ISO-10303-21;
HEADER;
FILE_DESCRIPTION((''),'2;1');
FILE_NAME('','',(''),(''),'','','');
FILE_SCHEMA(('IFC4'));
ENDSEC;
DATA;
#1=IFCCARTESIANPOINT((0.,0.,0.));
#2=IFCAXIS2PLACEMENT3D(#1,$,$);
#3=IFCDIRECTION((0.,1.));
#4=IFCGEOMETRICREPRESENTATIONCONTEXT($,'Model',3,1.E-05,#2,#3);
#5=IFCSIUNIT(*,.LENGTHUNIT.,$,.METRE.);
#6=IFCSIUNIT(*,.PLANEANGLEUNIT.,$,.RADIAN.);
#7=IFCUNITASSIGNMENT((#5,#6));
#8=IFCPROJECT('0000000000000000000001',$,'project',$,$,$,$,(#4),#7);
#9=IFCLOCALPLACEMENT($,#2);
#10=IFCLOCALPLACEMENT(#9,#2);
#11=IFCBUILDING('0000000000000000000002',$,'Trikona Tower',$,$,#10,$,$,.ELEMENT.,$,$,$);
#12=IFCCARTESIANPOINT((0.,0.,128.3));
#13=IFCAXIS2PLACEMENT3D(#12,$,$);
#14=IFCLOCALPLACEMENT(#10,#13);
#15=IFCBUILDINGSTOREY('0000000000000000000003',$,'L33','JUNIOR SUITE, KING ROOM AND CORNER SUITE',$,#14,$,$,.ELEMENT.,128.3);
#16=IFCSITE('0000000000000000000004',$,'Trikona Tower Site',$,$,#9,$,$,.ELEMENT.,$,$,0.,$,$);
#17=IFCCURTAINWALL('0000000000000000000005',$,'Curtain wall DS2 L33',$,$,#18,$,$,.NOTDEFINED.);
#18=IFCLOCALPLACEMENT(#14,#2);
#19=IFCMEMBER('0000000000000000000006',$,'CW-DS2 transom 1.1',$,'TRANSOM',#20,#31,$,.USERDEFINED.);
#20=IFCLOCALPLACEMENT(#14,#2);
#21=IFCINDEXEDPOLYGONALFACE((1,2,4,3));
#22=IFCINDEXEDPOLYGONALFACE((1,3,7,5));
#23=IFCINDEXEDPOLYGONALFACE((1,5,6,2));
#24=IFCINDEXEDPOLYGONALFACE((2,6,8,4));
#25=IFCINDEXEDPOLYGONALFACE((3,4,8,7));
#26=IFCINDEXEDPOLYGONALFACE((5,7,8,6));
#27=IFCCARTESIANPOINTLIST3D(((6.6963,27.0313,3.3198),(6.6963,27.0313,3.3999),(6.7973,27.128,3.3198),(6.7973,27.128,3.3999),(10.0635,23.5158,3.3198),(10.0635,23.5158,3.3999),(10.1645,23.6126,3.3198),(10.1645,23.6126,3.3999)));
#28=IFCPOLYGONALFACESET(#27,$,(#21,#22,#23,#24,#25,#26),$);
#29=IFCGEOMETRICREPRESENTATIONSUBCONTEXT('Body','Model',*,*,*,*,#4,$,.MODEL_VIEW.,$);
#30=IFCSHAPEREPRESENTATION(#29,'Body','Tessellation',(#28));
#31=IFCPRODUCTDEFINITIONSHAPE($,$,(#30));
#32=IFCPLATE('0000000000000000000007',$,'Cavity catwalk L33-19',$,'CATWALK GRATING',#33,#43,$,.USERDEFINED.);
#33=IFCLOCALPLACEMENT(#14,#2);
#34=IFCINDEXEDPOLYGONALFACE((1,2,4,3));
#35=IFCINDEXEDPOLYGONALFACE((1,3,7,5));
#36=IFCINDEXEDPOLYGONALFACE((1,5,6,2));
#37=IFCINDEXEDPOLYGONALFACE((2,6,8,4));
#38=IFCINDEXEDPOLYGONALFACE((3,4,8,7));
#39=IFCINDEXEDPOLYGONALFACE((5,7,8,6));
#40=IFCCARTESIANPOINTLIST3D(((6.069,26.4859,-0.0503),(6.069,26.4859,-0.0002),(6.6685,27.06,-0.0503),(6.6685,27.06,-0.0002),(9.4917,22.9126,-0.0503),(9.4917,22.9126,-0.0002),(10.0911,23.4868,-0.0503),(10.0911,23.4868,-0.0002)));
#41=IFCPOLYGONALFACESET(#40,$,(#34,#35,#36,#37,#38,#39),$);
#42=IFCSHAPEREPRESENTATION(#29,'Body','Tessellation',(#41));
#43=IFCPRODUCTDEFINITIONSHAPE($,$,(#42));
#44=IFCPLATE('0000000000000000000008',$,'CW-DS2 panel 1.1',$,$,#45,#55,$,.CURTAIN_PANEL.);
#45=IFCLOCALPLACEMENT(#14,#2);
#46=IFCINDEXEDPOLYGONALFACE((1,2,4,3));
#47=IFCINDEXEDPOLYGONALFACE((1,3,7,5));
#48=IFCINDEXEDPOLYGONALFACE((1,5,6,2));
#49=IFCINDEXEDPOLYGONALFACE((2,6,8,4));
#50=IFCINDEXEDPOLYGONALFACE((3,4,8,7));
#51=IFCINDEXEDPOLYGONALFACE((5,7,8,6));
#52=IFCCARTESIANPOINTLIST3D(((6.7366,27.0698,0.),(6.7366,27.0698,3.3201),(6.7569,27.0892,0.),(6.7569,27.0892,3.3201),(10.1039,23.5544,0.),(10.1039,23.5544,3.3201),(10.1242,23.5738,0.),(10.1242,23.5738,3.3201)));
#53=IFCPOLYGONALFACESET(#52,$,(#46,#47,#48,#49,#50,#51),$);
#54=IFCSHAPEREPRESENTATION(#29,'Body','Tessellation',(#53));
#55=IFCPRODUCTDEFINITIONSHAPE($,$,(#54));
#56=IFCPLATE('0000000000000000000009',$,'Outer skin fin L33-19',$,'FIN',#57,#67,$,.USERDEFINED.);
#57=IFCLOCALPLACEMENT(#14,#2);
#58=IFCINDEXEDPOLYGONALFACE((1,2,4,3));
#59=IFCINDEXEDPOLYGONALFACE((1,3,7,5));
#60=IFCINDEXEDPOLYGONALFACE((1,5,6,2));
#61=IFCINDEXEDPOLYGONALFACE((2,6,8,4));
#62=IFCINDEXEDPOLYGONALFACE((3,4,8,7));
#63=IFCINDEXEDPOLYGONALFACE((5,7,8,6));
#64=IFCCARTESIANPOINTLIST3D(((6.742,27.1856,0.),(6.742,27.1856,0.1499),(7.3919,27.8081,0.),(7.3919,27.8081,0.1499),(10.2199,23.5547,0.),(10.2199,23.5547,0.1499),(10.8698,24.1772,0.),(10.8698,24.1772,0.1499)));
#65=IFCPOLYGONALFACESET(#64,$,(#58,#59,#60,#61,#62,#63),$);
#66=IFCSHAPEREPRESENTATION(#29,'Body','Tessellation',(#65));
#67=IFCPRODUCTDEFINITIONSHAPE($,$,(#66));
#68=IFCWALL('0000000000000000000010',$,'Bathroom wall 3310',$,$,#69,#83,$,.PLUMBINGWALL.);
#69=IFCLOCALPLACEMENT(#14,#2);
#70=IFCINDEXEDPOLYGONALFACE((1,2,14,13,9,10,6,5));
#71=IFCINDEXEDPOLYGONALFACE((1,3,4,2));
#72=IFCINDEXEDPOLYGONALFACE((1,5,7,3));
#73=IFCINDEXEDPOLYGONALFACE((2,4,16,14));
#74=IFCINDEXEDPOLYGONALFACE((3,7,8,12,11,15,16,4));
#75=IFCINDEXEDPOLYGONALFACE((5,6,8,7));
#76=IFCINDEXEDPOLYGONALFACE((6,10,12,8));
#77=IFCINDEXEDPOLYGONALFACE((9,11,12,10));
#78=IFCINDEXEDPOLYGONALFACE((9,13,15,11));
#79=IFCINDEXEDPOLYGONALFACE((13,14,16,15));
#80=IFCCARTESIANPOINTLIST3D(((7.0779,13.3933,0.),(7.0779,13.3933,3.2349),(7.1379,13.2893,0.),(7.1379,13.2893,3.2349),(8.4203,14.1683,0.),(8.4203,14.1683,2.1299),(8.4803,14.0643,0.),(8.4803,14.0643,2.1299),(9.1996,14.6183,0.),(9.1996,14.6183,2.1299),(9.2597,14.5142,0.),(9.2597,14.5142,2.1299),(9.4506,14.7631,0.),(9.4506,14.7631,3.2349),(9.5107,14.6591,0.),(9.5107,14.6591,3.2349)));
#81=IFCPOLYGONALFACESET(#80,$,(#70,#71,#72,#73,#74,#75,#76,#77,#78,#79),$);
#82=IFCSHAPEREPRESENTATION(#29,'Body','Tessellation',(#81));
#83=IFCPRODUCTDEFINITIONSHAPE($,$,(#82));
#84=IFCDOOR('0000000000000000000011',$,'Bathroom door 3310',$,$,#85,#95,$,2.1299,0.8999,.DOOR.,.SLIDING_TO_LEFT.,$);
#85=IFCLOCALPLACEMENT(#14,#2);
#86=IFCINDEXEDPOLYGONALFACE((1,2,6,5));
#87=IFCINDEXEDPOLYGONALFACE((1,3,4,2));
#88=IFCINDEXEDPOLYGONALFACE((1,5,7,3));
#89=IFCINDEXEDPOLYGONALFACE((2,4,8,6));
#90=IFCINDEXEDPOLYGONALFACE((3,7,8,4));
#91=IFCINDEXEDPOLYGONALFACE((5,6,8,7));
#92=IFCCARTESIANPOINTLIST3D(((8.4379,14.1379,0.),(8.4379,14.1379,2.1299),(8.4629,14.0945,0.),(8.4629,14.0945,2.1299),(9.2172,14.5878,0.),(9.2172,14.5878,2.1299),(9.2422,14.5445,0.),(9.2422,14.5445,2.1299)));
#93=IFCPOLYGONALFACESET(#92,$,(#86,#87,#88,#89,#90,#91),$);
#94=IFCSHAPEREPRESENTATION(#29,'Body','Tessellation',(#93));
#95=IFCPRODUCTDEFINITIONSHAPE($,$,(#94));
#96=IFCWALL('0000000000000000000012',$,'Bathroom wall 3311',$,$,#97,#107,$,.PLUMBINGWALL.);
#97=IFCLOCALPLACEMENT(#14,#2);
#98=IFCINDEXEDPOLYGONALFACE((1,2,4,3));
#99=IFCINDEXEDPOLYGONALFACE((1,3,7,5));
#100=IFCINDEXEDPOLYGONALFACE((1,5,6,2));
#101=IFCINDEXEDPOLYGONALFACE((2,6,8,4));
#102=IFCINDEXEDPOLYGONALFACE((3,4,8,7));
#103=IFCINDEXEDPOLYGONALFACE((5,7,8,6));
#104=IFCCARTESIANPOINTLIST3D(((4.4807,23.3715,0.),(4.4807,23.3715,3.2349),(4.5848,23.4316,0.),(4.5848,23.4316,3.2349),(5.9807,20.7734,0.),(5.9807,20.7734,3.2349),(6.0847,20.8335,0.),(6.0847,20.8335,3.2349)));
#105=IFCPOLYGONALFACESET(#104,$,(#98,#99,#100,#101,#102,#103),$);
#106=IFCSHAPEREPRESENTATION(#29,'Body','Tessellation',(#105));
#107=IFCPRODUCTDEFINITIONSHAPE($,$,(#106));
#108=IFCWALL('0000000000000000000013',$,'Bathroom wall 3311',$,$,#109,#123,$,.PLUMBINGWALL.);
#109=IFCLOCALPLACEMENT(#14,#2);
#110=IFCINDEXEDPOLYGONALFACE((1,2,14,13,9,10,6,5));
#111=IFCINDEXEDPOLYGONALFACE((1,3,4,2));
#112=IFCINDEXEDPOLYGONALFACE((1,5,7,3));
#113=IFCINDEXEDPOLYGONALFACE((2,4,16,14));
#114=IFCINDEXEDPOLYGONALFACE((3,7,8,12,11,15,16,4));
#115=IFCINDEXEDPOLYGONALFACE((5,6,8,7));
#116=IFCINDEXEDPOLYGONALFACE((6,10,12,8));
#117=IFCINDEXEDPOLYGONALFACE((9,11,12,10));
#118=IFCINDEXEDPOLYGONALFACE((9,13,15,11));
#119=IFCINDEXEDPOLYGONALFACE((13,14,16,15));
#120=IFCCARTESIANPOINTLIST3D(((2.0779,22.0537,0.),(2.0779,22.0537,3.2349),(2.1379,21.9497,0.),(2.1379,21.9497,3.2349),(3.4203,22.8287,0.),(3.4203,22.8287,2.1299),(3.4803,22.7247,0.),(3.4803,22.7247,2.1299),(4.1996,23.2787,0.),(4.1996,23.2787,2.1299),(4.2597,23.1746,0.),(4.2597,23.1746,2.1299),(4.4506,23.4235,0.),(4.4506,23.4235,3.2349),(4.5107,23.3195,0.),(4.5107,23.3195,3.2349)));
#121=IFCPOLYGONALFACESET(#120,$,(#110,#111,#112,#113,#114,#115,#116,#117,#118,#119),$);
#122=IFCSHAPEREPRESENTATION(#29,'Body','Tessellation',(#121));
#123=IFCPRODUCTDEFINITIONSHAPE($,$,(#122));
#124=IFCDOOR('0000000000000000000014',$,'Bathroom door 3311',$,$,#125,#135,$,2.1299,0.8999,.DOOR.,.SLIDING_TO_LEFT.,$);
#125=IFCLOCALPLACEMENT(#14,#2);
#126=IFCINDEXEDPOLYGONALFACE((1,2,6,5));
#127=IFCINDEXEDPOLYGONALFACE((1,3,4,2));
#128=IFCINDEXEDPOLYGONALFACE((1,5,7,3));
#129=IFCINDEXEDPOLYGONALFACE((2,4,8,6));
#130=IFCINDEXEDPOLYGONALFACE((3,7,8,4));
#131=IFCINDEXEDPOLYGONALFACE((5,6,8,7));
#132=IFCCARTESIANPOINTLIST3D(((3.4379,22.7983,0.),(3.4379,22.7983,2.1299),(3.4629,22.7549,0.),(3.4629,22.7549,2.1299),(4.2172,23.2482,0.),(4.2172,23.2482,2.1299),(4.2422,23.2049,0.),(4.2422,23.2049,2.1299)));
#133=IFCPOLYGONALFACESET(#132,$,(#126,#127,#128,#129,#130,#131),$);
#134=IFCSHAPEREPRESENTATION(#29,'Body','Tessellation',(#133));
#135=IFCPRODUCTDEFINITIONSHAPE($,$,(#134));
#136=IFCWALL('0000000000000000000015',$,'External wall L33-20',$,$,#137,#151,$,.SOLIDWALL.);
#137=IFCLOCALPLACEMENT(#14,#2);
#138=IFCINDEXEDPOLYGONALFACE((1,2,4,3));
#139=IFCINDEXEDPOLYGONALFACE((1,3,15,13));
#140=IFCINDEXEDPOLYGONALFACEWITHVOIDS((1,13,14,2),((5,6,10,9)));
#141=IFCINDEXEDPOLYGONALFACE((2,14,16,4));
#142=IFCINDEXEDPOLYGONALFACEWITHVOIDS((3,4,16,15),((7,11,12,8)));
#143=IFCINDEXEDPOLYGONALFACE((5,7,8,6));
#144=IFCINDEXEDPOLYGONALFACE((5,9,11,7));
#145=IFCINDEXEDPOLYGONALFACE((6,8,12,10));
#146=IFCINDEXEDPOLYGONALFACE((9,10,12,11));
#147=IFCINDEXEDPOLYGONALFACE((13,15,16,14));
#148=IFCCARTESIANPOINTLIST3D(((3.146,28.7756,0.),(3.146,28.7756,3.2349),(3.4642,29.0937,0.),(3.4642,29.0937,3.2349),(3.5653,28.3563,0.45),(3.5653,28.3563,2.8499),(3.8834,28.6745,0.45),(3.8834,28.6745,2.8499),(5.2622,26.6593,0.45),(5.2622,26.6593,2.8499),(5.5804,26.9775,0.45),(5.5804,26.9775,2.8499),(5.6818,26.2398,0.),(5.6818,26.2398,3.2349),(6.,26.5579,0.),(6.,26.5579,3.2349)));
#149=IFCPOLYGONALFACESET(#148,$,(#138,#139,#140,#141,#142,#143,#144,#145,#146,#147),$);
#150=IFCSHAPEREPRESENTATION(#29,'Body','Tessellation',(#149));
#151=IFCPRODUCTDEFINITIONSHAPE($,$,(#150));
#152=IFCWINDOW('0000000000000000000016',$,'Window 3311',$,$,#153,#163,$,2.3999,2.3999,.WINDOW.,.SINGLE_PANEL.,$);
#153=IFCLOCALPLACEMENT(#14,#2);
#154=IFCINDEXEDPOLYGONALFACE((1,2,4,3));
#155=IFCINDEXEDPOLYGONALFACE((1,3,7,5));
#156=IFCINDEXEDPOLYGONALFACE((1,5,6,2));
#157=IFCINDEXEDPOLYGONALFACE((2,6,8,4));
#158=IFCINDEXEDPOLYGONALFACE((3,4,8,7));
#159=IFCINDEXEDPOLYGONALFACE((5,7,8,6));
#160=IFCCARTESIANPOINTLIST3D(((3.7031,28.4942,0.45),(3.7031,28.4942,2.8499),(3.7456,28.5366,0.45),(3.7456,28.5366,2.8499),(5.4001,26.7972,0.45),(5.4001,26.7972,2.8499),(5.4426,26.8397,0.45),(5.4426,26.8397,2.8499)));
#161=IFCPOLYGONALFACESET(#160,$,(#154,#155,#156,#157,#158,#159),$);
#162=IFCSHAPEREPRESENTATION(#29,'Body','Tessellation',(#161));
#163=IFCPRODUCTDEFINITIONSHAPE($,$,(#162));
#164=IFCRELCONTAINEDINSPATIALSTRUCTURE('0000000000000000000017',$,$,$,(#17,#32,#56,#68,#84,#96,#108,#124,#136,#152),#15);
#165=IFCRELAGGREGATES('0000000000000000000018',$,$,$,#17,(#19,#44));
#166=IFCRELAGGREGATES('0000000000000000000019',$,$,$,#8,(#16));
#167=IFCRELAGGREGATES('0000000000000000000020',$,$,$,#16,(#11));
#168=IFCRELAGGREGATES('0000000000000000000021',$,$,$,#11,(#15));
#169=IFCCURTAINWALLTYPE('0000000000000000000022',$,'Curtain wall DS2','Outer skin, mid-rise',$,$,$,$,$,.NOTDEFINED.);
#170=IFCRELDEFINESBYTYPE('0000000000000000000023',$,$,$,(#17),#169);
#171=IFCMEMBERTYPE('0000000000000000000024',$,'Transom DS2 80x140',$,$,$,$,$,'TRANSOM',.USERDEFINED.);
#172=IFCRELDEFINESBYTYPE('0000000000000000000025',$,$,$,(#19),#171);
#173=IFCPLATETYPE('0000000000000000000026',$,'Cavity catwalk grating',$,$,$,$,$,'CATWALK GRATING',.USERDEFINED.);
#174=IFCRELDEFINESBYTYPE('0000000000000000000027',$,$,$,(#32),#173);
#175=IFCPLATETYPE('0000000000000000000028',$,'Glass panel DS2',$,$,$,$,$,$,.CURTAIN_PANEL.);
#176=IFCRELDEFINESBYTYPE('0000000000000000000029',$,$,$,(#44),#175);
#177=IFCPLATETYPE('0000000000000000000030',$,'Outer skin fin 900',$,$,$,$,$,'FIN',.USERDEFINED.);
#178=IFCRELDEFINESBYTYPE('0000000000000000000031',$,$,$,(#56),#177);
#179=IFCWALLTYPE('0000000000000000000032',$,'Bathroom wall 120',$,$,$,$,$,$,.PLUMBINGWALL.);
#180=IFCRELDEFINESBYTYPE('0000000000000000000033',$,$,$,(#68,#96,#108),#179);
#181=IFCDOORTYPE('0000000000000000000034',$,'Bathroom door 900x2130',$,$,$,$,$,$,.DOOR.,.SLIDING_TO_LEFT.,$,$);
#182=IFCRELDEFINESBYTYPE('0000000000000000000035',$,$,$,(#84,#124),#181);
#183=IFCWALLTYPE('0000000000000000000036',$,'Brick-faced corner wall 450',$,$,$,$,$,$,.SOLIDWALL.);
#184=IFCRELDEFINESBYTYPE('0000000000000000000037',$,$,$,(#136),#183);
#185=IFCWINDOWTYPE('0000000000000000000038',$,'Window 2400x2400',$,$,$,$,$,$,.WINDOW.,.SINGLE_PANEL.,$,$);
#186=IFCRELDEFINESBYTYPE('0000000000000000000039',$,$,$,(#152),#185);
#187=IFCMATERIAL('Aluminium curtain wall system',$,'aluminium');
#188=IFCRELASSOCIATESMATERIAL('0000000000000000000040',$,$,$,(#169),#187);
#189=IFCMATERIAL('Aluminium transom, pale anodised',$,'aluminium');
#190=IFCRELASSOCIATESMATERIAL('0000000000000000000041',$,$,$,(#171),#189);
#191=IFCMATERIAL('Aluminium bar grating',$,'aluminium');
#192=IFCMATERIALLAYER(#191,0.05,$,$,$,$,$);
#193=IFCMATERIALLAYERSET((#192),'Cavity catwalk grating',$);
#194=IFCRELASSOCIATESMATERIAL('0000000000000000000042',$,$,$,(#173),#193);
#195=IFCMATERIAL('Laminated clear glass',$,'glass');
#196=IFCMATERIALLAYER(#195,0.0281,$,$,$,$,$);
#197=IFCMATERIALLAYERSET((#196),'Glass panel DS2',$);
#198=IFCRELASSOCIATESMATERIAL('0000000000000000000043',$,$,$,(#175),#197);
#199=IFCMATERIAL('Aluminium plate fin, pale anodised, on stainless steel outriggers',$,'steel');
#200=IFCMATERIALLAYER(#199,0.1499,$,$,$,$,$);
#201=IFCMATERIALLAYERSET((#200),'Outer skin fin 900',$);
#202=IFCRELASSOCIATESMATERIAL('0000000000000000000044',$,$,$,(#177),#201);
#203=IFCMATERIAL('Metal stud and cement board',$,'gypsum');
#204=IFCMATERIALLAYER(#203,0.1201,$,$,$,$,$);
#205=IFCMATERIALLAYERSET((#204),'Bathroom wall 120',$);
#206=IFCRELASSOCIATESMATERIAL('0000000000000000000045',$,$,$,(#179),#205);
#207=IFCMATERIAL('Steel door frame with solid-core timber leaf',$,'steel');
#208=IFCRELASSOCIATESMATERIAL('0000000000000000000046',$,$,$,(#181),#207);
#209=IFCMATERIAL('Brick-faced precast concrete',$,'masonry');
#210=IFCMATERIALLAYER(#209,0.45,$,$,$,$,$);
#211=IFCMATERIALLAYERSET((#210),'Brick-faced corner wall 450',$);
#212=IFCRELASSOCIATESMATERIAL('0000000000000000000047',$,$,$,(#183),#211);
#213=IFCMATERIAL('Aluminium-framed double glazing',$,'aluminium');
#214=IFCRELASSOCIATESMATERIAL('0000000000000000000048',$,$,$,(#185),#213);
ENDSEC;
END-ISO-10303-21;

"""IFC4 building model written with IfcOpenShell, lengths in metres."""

from ifc_helpers import new_model, si_unit, direction, frame, frame_2d, origin, origin_2d, place, context, subcontext, project, spatial, rectangle, extrude, material, layer, layer_set, material_profile, profile_set, type_object, element, fill, aggregate, save


model = new_model("IFC4")

# Units and contexts
model_context = context("Model", 3, precision=1e-05, world=origin(), true_north=direction((0.0, 1.0)))
body_context = subcontext(model_context, "Body", "Model", "MODEL_VIEW")
ifc_project = project(units=[si_unit("LENGTHUNIT", "METRE"), si_unit("PLANEANGLEUNIT", "RADIAN")], contexts=[model_context])

# Site, building, storey
site_placement = place(None, origin())
site = spatial("IfcSite", under=ifc_project, at=site_placement, Name="Trikona Tower Site", CompositionType="ELEMENT", RefElevation=0.0)
building_placement = place(site_placement, origin())
building = spatial("IfcBuilding", under=site, at=building_placement, Name="Trikona Tower", CompositionType="ELEMENT")
storey_placement = place(building_placement, frame((0.0, 0.0, 128.3)))
storey = spatial("IfcBuildingStorey", under=building, at=storey_placement, Name="L33", Description="JUNIOR SUITE, KING ROOM AND CORNER SUITE", CompositionType="ELEMENT", Elevation=128.3)

# Shared definitions
ifc_material_1 = material(Name="Aluminium curtain wall system", Category="aluminium")
curtain_wall_type = type_object("IfcCurtainWallType", Name="Curtain wall DS2", Description="Outer skin, mid-rise", PredefinedType="NOTDEFINED", material=ifc_material_1)

# Curtain wall
curtain_wall_1_placement = place(storey_placement, origin())
curtain_wall_1 = element("IfcCurtainWall", 1, at=curtain_wall_1_placement, inside=storey, type_object=curtain_wall_type, Name="Curtain wall DS2 L33", PredefinedType="NOTDEFINED")

# Member
ifc_material_2 = material(Name="Aluminium transom, pale anodised", Category="aluminium")
ifc_material_profile_1 = material_profile(ifc_material_2, rectangle(XDim=0.1399, YDim=0.0801, at=origin_2d()), Name="TRN-DS2")
ifc_profile_set_1 = profile_set([ifc_material_profile_1], Name="Aluminium transom, pale anodised")
member_type_1 = type_object("IfcMemberType", Name="Transom DS2 80x140", ElementType="TRANSOM", PredefinedType="USERDEFINED", material=ifc_profile_set_1)
member_1_placement = place(storey_placement, frame((10.114, 23.5642, 3.3599), z_axis=(-0.691721, 0.722165, 0.0), x_axis=(-0.722165, -0.691721, 0.0)))
member_1 = element("IfcMember", 2, at=member_1_placement, type_object=member_type_1, Name="CW-DS2 transom 1.1", ObjectType="TRANSOM", PredefinedType="USERDEFINED", context=body_context, shape_type="SweptSolid", body=[
    extrude(rectangle(XDim=0.1399, YDim=0.0801, at=origin_2d()), origin(), (0.0, 0.0, 1.0), 4.8679),
])

# Plates
ifc_material_3 = material(Name="Aluminium bar grating", Category="aluminium")
ifc_layer_1 = layer(ifc_material_3, 0.05)
ifc_layer_set_1 = layer_set([ifc_layer_1], Name="Cavity catwalk grating")
plate_type_1 = type_object("IfcPlateType", Name="Cavity catwalk grating", ElementType="CATWALK GRATING", PredefinedType="USERDEFINED", material=ifc_layer_set_1)
plate_1_placement = place(storey_placement, frame((8.0801, 24.9863, -0.0503), z_axis=(0.0, 0.0, 1.0), x_axis=(-0.691724, 0.722162, 0.0)))
element("IfcPlate", 3, at=plate_1_placement, inside=storey, type_object=plate_type_1, Name="Cavity catwalk L33-19", ObjectType="CATWALK GRATING", PredefinedType="USERDEFINED", context=body_context, shape_type="SweptSolid", body=[
    extrude(rectangle(XDim=4.948, YDim=0.8301, at=origin_2d()), origin(), (0.0, 0.0, 1.0), 0.05),
])
ifc_material_4 = material(Name="Laminated clear glass", Category="glass")
ifc_layer_2 = layer(ifc_material_4, 0.0281)
ifc_layer_set_2 = layer_set([ifc_layer_2], Name="Glass panel DS2")
plate_type_2 = type_object("IfcPlateType", Name="Glass panel DS2", PredefinedType="CURTAIN_PANEL", material=ifc_layer_set_2)
plate_2_placement = place(storey_placement, frame((8.4304, 25.3218, 0.0), z_axis=(0.0, 0.0, 1.0), x_axis=(-0.691728, 0.722158, 0.0)))
plate_2 = element("IfcPlate", 4, at=plate_2_placement, type_object=plate_type_2, Name="CW-DS2 panel 1.1", PredefinedType="CURTAIN_PANEL", context=body_context, shape_type="SweptSolid", body=[
    extrude(rectangle(XDim=4.8679, YDim=0.0281, at=origin_2d()), origin(), (0.0, 0.0, 1.0), 3.3201),
])
aggregate(curtain_wall_1, [member_1, plate_2])
ifc_material_5 = material(Name="Aluminium plate fin, pale anodised, on stainless steel outriggers", Category="steel")
ifc_layer_3 = layer(ifc_material_5, 0.1499)
ifc_layer_set_3 = layer_set([ifc_layer_3], Name="Outer skin fin 900")
plate_type_3 = type_object("IfcPlateType", Name="Outer skin fin 900", ElementType="FIN", PredefinedType="USERDEFINED", material=ifc_layer_set_3)
plate_3_placement = place(storey_placement, frame((8.8059, 25.6814, 0.0), z_axis=(0.0, 0.0, 1.0), x_axis=(-0.691724, 0.722162, 0.0)))
element("IfcPlate", 5, at=plate_3_placement, inside=storey, type_object=plate_type_3, Name="Outer skin fin L33-19", ObjectType="FIN", PredefinedType="USERDEFINED", context=body_context, shape_type="SweptSolid", body=[
    extrude(rectangle(XDim=5.0278, YDim=0.8999, at=origin_2d()), origin(), (0.0, 0.0, 1.0), 0.1499),
])

# Wall, opening, door
ifc_material_6 = material(Name="Metal stud and cement board", Category="gypsum")
ifc_layer_4 = layer(ifc_material_6, 0.1201)
ifc_layer_set_4 = layer_set([ifc_layer_4], Name="Bathroom wall 120")
wall_type_1 = type_object("IfcWallType", Name="Bathroom wall 120", PredefinedType="PLUMBINGWALL", material=ifc_layer_set_4)
wall_1_placement = place(storey_placement, frame((7.1079, 13.3413, 0.0), z_axis=(0.0, 0.0, 1.0), x_axis=(0.866036, 0.499982, 0.0)))
wall_1 = element("IfcWall", 6, at=wall_1_placement, inside=storey, type_object=wall_type_1, Name="Bathroom wall 3310", PredefinedType="PLUMBINGWALL", context=body_context, shape_type="SweptSolid", body=[
    extrude(rectangle(XDim=2.7397, YDim=0.1201, at=frame_2d((1.3699, 0.0))), origin(), (0.0, 0.0, 1.0), 3.2349),
])
opening_1_placement = place(wall_1_placement, frame((1.55, 0.0, 0.0)))
opening_1 = element("IfcOpeningElement", 7, at=opening_1_placement, cuts=wall_1, PredefinedType="OPENING", context=body_context, shape_type="SweptSolid", body=[
    extrude(rectangle(XDim=0.8999, YDim=2.1299, at=frame_2d((0.45, 1.0649))), frame((0.0, 0.0701, 0.0), z_axis=(0.0, -1.0, 0.0), x_axis=(1.0, 0.0, 0.0)), (0.0, 0.0, 1.0), 0.1401),
])
ifc_material_7 = material(Name="Steel door frame with solid-core timber leaf", Category="steel")
door_type_1 = type_object("IfcDoorType", Name="Bathroom door 900x2130", OperationType="SLIDING_TO_LEFT", PredefinedType="DOOR", material=ifc_material_7)
door_1_placement = place(opening_1_placement, origin())
door_1 = element("IfcDoor", 8, at=door_1_placement, inside=storey, type_object=door_type_1, Name="Bathroom door 3310", OperationType="SLIDING_TO_LEFT", OverallHeight=2.1299, OverallWidth=0.8999, PredefinedType="DOOR", context=body_context, shape_type="SweptSolid", body=[
    extrude(rectangle(XDim=0.8999, YDim=2.1299, at=frame_2d((0.45, 1.0649))), frame((0.0, 0.0249, 0.0), z_axis=(0.0, -1.0, 0.0), x_axis=(1.0, 0.0, 0.0)), (0.0, 0.0, 1.0), 0.05),
])
fill(opening_1, door_1)

# Wall
wall_2_placement = place(storey_placement, frame((6.0327, 20.8035, 0.0), z_axis=(0.0, 0.0, 1.0), x_axis=(-0.49999, 0.866031, 0.0)))
element("IfcWall", 9, at=wall_2_placement, inside=storey, type_object=wall_type_1, Name="Bathroom wall 3311", PredefinedType="PLUMBINGWALL", context=body_context, shape_type="SweptSolid", body=[
    extrude(rectangle(XDim=3.0, YDim=0.1201, at=frame_2d((1.5, 0.0))), origin(), (0.0, 0.0, 1.0), 3.2349),
])

# Wall, opening, door
wall_3_placement = place(storey_placement, frame((2.1079, 22.0017, 0.0), z_axis=(0.0, 0.0, 1.0), x_axis=(0.866036, 0.499982, 0.0)))
wall_3 = element("IfcWall", 10, at=wall_3_placement, inside=storey, type_object=wall_type_1, Name="Bathroom wall 3311", PredefinedType="PLUMBINGWALL", context=body_context, shape_type="SweptSolid", body=[
    extrude(rectangle(XDim=2.7397, YDim=0.1201, at=frame_2d((1.3699, 0.0))), origin(), (0.0, 0.0, 1.0), 3.2349),
])
opening_2_placement = place(wall_3_placement, frame((1.55, 0.0, 0.0)))
opening_2 = element("IfcOpeningElement", 11, at=opening_2_placement, cuts=wall_3, PredefinedType="OPENING", context=body_context, shape_type="SweptSolid", body=[
    extrude(rectangle(XDim=0.8999, YDim=2.1299, at=frame_2d((0.45, 1.0649))), frame((0.0, 0.0701, 0.0), z_axis=(0.0, -1.0, 0.0), x_axis=(1.0, 0.0, 0.0)), (0.0, 0.0, 1.0), 0.1401),
])
door_2_placement = place(opening_2_placement, origin())
door_2 = element("IfcDoor", 12, at=door_2_placement, inside=storey, type_object=door_type_1, Name="Bathroom door 3311", OperationType="SLIDING_TO_LEFT", OverallHeight=2.1299, OverallWidth=0.8999, PredefinedType="DOOR", context=body_context, shape_type="SweptSolid", body=[
    extrude(rectangle(XDim=0.8999, YDim=2.1299, at=frame_2d((0.45, 1.0649))), frame((0.0, 0.0249, 0.0), z_axis=(0.0, -1.0, 0.0), x_axis=(1.0, 0.0, 0.0)), (0.0, 0.0, 1.0), 0.05),
])
fill(opening_2, door_2)

# Wall, opening, window
ifc_material_8 = material(Name="Brick-faced precast concrete", Category="masonry")
ifc_layer_5 = layer(ifc_material_8, 0.45)
ifc_layer_set_5 = layer_set([ifc_layer_5], Name="Brick-faced corner wall 450")
wall_type_2 = type_object("IfcWallType", Name="Brick-faced corner wall 450", PredefinedType="SOLIDWALL", material=ifc_layer_set_5)
wall_4_placement = place(storey_placement, frame((5.8408, 26.3989, 0.0), z_axis=(0.0, 0.0, 1.0), x_axis=(-0.707107, 0.707107, 0.0)))
wall_4 = element("IfcWall", 13, at=wall_4_placement, inside=storey, type_object=wall_type_2, Name="External wall L33-20", PredefinedType="SOLIDWALL", context=body_context, shape_type="SweptSolid", body=[
    extrude(rectangle(XDim=3.5862, YDim=0.45, at=frame_2d((1.793, 0.0))), origin(), (0.0, 0.0, 1.0), 3.2349),
])
opening_3_placement = place(wall_4_placement, frame((0.5933, 0.0, 0.45)))
opening_3 = element("IfcOpeningElement", 14, at=opening_3_placement, cuts=wall_4, PredefinedType="OPENING", context=body_context, shape_type="SweptSolid", body=[
    extrude(rectangle(XDim=2.3999, YDim=2.3999, at=frame_2d((1.2, 1.2))), frame((0.0, 0.2349, 0.0), z_axis=(0.0, -1.0, 0.0), x_axis=(1.0, 0.0, 0.0)), (0.0, 0.0, 1.0), 0.47),
])
ifc_material_9 = material(Name="Aluminium-framed double glazing", Category="aluminium")
window_type_1 = type_object("IfcWindowType", Name="Window 2400x2400", PartitioningType="SINGLE_PANEL", PredefinedType="WINDOW", material=ifc_material_9)
window_1_placement = place(opening_3_placement, origin())
window_1 = element("IfcWindow", 15, at=window_1_placement, inside=storey, type_object=window_type_1, Name="Window 3311", OverallHeight=2.3999, OverallWidth=2.3999, PartitioningType="SINGLE_PANEL", PredefinedType="WINDOW", context=body_context, shape_type="SweptSolid", body=[
    extrude(rectangle(XDim=2.3999, YDim=2.3999, at=frame_2d((1.2, 1.2))), frame((0.0, 0.03, 0.0), z_axis=(0.0, -1.0, 0.0), x_axis=(1.0, 0.0, 0.0)), (0.0, 0.0, 1.0), 0.0601),
])
fill(opening_3, window_1)

save(model, "model.ifc")
